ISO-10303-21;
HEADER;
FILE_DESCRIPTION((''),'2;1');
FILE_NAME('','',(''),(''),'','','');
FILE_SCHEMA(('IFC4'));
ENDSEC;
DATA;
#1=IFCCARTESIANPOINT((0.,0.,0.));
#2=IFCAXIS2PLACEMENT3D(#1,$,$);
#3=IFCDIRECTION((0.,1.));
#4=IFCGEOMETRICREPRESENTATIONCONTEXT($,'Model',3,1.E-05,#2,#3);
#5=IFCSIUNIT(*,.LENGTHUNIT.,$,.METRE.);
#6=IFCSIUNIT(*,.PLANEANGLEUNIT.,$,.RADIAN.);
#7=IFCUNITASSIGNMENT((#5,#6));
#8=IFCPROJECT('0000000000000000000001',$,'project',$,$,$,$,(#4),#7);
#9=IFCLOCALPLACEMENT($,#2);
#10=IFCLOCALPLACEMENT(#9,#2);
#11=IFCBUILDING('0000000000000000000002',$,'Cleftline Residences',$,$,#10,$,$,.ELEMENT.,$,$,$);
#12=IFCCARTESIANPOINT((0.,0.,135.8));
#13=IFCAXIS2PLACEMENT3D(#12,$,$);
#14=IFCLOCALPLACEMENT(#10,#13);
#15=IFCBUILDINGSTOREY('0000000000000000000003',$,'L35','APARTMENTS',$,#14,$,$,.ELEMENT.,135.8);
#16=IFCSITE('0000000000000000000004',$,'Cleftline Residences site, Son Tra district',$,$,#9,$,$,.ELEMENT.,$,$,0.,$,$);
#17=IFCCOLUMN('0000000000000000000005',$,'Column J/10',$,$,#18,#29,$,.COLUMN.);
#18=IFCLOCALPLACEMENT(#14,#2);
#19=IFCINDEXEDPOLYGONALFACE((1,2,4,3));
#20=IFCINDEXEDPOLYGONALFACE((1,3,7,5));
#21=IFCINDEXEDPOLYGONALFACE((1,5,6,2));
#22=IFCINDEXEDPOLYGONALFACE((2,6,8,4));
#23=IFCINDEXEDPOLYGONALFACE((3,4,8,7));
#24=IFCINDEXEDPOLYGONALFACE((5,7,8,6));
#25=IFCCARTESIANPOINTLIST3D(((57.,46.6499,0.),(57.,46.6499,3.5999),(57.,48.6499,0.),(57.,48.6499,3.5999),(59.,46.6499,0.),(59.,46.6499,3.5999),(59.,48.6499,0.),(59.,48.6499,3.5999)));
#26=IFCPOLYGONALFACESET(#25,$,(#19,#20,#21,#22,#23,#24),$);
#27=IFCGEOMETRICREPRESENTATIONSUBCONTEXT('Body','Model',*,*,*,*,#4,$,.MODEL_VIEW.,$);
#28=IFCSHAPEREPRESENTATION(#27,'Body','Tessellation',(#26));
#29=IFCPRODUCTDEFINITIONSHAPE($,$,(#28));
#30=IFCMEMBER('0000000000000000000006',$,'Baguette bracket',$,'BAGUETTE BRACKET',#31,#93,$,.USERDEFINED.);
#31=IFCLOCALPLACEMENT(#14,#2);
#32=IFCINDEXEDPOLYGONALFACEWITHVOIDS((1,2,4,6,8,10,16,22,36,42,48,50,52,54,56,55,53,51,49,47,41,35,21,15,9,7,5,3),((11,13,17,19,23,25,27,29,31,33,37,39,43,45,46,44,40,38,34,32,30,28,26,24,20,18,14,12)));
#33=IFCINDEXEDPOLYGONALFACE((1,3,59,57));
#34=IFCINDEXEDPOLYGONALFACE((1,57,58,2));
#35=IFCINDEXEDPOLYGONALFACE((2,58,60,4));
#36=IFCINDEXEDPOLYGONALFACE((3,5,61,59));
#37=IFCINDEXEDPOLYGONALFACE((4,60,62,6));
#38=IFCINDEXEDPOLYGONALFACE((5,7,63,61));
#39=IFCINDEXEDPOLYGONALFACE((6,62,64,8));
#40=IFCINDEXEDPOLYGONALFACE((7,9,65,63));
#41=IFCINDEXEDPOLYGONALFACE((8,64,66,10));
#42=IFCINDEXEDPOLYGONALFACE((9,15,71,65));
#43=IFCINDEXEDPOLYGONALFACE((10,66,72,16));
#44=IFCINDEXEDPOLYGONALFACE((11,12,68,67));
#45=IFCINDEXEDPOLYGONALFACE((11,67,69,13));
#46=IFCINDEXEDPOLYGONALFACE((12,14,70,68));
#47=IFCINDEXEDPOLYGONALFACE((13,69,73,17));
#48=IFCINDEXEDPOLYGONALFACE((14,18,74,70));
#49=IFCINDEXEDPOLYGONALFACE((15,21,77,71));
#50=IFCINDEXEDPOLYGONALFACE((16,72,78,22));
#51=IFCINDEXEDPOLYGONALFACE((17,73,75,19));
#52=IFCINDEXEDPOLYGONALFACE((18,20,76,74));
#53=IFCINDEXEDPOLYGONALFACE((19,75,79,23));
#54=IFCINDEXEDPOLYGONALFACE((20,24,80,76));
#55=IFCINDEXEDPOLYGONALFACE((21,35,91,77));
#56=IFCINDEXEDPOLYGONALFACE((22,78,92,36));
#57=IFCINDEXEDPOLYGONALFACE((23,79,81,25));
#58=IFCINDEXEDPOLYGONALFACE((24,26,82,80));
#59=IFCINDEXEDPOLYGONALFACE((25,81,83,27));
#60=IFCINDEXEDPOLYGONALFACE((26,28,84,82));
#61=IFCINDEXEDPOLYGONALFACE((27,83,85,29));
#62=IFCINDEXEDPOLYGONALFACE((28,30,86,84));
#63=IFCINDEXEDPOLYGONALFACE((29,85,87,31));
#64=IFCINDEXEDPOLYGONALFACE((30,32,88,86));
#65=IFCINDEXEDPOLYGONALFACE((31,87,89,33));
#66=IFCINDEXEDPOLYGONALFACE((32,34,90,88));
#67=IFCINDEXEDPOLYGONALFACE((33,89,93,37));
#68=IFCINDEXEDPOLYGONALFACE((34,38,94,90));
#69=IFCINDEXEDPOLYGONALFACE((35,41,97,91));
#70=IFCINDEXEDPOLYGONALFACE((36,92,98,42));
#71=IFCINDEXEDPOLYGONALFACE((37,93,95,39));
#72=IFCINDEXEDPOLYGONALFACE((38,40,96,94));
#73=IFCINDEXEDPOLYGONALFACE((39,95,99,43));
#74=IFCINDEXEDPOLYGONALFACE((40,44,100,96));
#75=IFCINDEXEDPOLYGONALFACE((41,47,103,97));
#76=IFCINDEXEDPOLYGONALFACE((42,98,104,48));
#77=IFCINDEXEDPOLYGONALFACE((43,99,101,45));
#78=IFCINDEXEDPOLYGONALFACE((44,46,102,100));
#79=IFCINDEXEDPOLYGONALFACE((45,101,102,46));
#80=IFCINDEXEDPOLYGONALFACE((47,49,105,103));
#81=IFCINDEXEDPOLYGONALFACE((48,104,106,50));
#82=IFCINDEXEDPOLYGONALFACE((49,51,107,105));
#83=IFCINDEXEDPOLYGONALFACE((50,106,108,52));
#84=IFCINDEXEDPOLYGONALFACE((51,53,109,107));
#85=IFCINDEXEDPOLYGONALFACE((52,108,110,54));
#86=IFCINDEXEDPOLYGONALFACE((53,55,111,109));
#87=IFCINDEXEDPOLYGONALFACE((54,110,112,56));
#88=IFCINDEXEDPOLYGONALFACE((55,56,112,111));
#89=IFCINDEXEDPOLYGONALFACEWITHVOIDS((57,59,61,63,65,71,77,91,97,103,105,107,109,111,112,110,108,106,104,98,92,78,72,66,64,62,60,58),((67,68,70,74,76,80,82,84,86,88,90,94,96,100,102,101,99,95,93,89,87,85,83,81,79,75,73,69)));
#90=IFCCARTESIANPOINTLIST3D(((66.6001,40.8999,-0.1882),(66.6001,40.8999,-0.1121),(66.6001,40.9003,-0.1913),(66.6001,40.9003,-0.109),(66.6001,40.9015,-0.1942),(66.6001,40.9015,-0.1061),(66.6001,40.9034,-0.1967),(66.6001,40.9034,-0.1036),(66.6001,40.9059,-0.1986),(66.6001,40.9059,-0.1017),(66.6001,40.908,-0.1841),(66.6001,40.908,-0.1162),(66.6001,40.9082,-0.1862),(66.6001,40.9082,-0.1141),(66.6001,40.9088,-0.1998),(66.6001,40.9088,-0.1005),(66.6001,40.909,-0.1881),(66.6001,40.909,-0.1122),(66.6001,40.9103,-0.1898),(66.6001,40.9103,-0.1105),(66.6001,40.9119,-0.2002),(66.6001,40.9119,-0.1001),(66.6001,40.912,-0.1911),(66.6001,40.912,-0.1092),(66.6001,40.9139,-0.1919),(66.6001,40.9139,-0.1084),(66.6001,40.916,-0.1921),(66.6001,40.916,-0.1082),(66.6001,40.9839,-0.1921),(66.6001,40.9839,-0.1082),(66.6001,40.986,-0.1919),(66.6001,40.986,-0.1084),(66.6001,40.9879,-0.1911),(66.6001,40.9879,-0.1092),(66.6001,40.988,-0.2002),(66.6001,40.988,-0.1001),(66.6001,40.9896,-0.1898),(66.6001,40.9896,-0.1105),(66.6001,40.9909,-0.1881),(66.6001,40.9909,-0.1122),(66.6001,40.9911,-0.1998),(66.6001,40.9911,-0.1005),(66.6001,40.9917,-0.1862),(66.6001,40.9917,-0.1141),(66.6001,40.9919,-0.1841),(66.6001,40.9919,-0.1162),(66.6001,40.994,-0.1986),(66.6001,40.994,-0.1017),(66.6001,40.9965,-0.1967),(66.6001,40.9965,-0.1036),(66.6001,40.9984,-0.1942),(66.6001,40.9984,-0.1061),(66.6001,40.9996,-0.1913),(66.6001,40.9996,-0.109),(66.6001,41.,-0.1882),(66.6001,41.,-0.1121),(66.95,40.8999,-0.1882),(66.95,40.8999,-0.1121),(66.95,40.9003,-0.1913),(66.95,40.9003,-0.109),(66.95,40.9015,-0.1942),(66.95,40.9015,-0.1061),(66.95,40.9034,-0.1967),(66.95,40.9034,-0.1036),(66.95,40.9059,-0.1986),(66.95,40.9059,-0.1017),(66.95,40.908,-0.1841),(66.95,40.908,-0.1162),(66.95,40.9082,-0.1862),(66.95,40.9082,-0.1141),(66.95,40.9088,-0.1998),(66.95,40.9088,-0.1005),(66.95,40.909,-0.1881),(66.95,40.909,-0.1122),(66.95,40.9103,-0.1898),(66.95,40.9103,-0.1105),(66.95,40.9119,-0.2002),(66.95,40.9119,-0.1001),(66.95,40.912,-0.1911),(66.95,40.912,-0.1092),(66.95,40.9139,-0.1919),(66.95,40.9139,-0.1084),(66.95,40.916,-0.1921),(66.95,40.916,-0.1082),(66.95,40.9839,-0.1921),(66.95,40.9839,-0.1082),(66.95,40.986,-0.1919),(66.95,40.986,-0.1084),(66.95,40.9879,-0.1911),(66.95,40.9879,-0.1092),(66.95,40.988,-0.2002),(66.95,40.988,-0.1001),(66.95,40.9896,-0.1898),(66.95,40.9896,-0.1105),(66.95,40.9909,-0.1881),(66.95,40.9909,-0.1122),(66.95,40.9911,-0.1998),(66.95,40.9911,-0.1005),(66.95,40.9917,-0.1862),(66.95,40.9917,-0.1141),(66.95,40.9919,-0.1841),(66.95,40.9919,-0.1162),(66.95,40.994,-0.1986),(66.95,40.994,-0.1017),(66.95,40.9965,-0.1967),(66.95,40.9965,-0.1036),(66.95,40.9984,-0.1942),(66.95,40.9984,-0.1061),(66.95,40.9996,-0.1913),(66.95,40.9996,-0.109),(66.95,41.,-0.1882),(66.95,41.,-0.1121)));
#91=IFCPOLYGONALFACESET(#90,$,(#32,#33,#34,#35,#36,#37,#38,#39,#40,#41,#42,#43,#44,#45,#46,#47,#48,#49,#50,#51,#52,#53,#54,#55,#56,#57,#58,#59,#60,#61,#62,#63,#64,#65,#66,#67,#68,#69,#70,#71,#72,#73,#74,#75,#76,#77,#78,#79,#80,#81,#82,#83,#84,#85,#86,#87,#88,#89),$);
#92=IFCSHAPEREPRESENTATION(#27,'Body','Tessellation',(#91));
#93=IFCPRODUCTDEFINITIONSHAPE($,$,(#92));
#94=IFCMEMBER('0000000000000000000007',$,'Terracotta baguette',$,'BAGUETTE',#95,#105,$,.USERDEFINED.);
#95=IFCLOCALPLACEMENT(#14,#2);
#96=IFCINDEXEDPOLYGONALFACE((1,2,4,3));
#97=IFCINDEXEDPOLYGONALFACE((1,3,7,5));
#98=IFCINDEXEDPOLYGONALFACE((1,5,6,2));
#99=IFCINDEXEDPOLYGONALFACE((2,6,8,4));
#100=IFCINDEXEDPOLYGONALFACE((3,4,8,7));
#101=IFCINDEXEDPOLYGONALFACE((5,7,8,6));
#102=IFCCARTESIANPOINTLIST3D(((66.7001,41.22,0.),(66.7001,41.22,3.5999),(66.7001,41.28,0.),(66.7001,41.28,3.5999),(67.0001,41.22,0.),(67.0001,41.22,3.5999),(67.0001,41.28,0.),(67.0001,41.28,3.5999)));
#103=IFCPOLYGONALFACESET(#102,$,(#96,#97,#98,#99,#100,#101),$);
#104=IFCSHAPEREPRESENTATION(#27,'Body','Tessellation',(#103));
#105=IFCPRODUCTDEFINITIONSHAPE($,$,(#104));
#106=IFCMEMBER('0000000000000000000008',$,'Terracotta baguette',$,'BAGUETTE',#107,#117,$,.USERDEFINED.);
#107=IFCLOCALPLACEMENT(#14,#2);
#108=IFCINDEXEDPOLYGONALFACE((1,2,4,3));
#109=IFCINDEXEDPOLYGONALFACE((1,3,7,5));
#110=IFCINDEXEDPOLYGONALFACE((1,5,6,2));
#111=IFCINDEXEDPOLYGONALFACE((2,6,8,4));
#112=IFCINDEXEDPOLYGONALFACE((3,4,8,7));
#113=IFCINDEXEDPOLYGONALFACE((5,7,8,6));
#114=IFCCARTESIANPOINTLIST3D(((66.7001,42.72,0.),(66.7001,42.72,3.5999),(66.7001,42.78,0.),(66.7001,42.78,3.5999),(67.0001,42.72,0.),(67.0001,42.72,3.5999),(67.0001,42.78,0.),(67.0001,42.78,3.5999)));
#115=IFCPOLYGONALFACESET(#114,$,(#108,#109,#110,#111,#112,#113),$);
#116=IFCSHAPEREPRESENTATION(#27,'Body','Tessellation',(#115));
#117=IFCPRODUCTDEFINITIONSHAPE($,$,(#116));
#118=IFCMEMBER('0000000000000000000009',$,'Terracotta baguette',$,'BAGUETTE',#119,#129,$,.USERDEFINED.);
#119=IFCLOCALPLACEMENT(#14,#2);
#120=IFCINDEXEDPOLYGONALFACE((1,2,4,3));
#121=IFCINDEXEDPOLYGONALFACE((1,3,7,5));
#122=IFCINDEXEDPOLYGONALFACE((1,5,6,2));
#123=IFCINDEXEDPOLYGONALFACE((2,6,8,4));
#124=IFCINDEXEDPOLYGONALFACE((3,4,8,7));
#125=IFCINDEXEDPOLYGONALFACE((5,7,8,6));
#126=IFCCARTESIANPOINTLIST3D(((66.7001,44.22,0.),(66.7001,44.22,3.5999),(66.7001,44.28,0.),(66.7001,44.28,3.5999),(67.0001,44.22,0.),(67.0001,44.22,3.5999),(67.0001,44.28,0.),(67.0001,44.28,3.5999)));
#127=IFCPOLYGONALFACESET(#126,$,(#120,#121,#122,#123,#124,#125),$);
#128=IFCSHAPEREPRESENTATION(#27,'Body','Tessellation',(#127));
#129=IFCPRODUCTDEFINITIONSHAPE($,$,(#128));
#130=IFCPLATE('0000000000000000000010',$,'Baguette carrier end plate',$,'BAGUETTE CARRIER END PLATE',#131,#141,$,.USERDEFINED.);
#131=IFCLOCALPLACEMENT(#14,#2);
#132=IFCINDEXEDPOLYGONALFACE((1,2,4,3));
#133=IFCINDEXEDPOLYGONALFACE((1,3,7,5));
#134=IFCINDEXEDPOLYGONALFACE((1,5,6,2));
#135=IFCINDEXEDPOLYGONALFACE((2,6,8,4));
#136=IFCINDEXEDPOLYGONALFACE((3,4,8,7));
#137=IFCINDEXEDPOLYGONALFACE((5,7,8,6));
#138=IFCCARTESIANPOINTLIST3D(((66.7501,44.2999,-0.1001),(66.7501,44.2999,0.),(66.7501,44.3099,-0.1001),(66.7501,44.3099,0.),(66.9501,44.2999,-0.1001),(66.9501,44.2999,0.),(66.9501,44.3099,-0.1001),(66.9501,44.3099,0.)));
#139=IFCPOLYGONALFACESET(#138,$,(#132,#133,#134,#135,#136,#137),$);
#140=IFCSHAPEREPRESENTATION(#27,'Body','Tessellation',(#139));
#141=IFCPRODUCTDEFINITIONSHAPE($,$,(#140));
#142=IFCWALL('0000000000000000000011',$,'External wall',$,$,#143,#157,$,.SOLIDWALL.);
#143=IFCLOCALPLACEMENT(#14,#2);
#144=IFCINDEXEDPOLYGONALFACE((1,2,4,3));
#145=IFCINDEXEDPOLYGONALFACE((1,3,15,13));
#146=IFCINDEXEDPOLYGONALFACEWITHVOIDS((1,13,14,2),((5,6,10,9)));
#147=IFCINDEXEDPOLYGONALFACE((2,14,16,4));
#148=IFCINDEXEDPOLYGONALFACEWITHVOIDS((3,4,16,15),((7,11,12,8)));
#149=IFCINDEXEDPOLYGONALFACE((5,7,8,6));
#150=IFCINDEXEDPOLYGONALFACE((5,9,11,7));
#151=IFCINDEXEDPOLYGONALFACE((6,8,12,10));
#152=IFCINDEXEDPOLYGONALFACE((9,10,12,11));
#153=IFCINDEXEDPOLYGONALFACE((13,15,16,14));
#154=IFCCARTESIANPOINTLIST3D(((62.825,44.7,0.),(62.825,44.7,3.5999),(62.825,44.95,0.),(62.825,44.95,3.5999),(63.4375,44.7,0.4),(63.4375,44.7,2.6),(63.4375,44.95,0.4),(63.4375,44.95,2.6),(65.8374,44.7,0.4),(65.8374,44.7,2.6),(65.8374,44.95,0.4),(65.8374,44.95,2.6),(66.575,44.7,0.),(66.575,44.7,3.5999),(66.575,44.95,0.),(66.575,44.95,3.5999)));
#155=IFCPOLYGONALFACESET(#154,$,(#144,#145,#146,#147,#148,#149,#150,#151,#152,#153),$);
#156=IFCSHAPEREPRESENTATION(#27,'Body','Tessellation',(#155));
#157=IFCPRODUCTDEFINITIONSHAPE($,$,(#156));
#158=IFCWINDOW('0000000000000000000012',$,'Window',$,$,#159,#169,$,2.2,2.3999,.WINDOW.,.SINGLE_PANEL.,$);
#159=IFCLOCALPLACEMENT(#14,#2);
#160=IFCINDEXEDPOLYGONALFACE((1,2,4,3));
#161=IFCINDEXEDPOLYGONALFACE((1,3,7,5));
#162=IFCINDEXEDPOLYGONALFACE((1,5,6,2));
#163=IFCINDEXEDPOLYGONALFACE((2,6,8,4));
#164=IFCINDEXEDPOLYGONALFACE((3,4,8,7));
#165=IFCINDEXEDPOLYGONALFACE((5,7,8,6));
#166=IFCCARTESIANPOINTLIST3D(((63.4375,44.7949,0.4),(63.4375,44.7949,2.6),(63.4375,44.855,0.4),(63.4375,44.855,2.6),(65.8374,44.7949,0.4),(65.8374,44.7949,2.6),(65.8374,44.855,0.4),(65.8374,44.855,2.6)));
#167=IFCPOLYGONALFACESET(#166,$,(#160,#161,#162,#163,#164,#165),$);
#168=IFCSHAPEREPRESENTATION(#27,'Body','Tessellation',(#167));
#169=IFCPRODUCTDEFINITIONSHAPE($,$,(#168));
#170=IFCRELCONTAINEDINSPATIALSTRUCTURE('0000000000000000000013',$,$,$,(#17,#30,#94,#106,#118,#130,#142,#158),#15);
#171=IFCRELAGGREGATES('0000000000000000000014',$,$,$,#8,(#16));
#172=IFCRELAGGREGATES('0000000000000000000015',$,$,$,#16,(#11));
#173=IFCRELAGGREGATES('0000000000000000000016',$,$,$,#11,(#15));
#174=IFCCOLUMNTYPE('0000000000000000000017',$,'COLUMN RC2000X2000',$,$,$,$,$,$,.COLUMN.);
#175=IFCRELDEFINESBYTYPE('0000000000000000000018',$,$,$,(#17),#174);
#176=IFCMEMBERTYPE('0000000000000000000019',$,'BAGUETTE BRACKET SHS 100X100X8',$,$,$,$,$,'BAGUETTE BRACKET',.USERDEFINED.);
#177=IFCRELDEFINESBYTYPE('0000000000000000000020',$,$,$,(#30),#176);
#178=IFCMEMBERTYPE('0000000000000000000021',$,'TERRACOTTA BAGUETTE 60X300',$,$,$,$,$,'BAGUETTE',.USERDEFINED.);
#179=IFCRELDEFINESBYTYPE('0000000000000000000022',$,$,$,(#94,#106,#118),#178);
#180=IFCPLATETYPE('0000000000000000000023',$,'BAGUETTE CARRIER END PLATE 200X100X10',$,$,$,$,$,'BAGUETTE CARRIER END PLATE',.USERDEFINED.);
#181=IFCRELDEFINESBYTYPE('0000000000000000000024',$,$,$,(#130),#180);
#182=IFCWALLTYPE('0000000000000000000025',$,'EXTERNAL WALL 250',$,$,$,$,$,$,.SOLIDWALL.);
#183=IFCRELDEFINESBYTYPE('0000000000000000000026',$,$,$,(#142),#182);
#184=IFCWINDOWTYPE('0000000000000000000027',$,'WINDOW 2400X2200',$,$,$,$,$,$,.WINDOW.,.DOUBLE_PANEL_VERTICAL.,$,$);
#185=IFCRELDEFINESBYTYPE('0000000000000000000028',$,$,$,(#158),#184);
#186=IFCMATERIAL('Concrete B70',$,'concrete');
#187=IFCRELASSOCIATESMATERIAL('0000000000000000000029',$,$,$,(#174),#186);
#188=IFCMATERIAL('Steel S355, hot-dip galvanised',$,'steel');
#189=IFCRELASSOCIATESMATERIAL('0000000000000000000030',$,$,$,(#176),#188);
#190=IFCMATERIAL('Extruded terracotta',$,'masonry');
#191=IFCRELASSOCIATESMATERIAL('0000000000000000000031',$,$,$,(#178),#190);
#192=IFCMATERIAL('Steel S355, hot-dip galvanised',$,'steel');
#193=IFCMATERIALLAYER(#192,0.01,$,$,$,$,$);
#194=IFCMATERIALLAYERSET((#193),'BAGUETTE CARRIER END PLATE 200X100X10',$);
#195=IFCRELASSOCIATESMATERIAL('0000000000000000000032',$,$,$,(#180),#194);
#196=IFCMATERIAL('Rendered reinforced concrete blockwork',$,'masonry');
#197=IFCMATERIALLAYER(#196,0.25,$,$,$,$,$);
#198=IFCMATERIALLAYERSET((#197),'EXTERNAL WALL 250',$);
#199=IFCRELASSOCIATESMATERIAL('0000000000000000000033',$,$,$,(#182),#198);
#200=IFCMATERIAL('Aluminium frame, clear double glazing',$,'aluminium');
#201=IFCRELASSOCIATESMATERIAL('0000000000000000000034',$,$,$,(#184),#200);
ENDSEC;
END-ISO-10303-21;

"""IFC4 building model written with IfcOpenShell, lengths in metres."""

from ifc_helpers import new_model, si_unit, direction, frame, frame_2d, origin, origin_2d, place, context, subcontext, project, spatial, rectangle, hollow_rectangle, extrude, material, layer, layer_set, material_profile, profile_set, type_object, element, fill, save


model = new_model("IFC4")

# Units and contexts
model_context = context("Model", 3, precision=1e-05, world=origin(), true_north=direction((0.0, 1.0)))
body_context = subcontext(model_context, "Body", "Model", "MODEL_VIEW")
ifc_project = project(units=[si_unit("LENGTHUNIT", "METRE"), si_unit("PLANEANGLEUNIT", "RADIAN")], contexts=[model_context])

# Site, building, storey
site_placement = place(None, origin())
site = spatial("IfcSite", under=ifc_project, at=site_placement, Name="Cleftline Residences site, Son Tra district", CompositionType="ELEMENT", RefElevation=0.0)
building_placement = place(site_placement, origin())
building = spatial("IfcBuilding", under=site, at=building_placement, Name="Cleftline Residences", CompositionType="ELEMENT")
storey_placement = place(building_placement, frame((0.0, 0.0, 135.8)))
storey = spatial("IfcBuildingStorey", under=building, at=storey_placement, Name="L35", Description="APARTMENTS", CompositionType="ELEMENT", Elevation=135.8)

# Column
ifc_material_1 = material(Name="Concrete B70", Category="concrete")
ifc_material_profile_1 = material_profile(ifc_material_1, rectangle(XDim=2.0, YDim=2.0, at=origin_2d()))
ifc_profile_set_1 = profile_set([ifc_material_profile_1], Name="Concrete B70")
column_type = type_object("IfcColumnType", Name="COLUMN RC2000X2000", PredefinedType="COLUMN", material=ifc_profile_set_1)
column_placement = place(storey_placement, frame((58.0, 47.6499, 0.0), z_axis=(0.0, 0.0, 1.0), x_axis=(1.0, 0.0, 0.0)))
element("IfcColumn", 1, at=column_placement, inside=storey, type_object=column_type, Name="Column J/10", PredefinedType="COLUMN", context=body_context, shape_type="SweptSolid", body=[
    extrude(rectangle(XDim=2.0, YDim=2.0, at=origin_2d()), origin(), (0.0, 0.0, 1.0), 3.5999),
])

# Members
ifc_material_2 = material(Name="Steel S355, hot-dip galvanised", Category="steel")
ifc_material_profile_2 = material_profile(ifc_material_2, hollow_rectangle(XDim=0.1001, YDim=0.1001, WallThickness=0.0081, InnerFilletRadius=0.0081, OuterFilletRadius=0.012, at=origin_2d()))
ifc_profile_set_2 = profile_set([ifc_material_profile_2], Name="Steel S355, hot-dip galvanised")
member_type_1 = type_object("IfcMemberType", Name="BAGUETTE BRACKET SHS 100X100X8", ElementType="BAGUETTE BRACKET", PredefinedType="USERDEFINED", material=ifc_profile_set_2)
member_placement = place(storey_placement, frame((66.6001, 40.95, -0.1501), z_axis=(1.0, 0.0, 0.0), x_axis=(0.0, 1.0, 0.0)))
element("IfcMember", 2, at=member_placement, inside=storey, type_object=member_type_1, Name="Baguette bracket", ObjectType="BAGUETTE BRACKET", PredefinedType="USERDEFINED", context=body_context, shape_type="SweptSolid", body=[
    extrude(hollow_rectangle(XDim=0.1001, YDim=0.1001, WallThickness=0.0081, InnerFilletRadius=0.0081, OuterFilletRadius=0.012, at=origin_2d()), origin(), (0.0, 0.0, 1.0), 0.3499),
])
ifc_material_3 = material(Name="Extruded terracotta", Category="masonry")
ifc_material_profile_3 = material_profile(ifc_material_3, rectangle(XDim=0.0601, YDim=0.3, at=origin_2d()))
ifc_profile_set_3 = profile_set([ifc_material_profile_3], Name="Extruded terracotta")
member_type_2 = type_object("IfcMemberType", Name="TERRACOTTA BAGUETTE 60X300", ElementType="BAGUETTE", PredefinedType="USERDEFINED", material=ifc_profile_set_3)
for number, where, z_axis, x_axis, name in (
    (3, (66.8501, 41.25, 0.0), (0.0, 0.0, 1.0), (0.0, 1.0, 0.0), "Terracotta baguette"),
    (4, (66.8501, 42.75, 0.0), (0.0, 0.0, 1.0), (0.0, 1.0, 0.0), "Terracotta baguette"),
    (5, (66.8501, 44.25, 0.0), (0.0, 0.0, 1.0), (0.0, 1.0, 0.0), "Terracotta baguette"),
):
    element("IfcMember", number, at=place(storey_placement, frame(where, z_axis=z_axis, x_axis=x_axis)), inside=storey, type_object=member_type_2, Name=name, ObjectType="BAGUETTE", PredefinedType="USERDEFINED", context=body_context, shape_type="SweptSolid", body=[
        extrude(rectangle(XDim=0.0601, YDim=0.3, at=origin_2d()), origin(), (0.0, 0.0, 1.0), 3.5999),
    ])

# Plate
ifc_material_4 = material(Name="Steel S355, hot-dip galvanised", Category="steel")
ifc_layer_1 = layer(ifc_material_4, 0.01)
ifc_layer_set_1 = layer_set([ifc_layer_1], Name="BAGUETTE CARRIER END PLATE 200X100X10")
plate_type = type_object("IfcPlateType", Name="BAGUETTE CARRIER END PLATE 200X100X10", ElementType="BAGUETTE CARRIER END PLATE", PredefinedType="USERDEFINED", material=ifc_layer_set_1)
plate_placement = place(storey_placement, frame((66.8501, 44.3049, -0.1001), z_axis=(0.0, 0.0, 1.0), x_axis=(1.0, 0.0, 0.0)))
element("IfcPlate", 6, at=plate_placement, inside=storey, type_object=plate_type, Name="Baguette carrier end plate", ObjectType="BAGUETTE CARRIER END PLATE", PredefinedType="USERDEFINED", context=body_context, shape_type="SweptSolid", body=[
    extrude(rectangle(XDim=0.2, YDim=0.01, at=origin_2d()), origin(), (0.0, 0.0, 1.0), 0.1001),
])

# Wall, opening, window
ifc_material_5 = material(Name="Rendered reinforced concrete blockwork", Category="masonry")
ifc_layer_2 = layer(ifc_material_5, 0.25)
ifc_layer_set_2 = layer_set([ifc_layer_2], Name="EXTERNAL WALL 250")
wall_type_1 = type_object("IfcWallType", Name="EXTERNAL WALL 250", PredefinedType="SOLIDWALL", material=ifc_layer_set_2)
wall_1_placement = place(storey_placement, frame((66.575, 44.825, 0.0), z_axis=(0.0, 0.0, 1.0), x_axis=(-1.0, 0.0, 0.0)))
wall_1 = element("IfcWall", 7, at=wall_1_placement, inside=storey, type_object=wall_type_1, Name="External wall", PredefinedType="SOLIDWALL", context=body_context, shape_type="SweptSolid", body=[
    extrude(rectangle(XDim=3.75, YDim=0.25, at=frame_2d((1.875, 0.0))), origin(), (0.0, 0.0, 1.0), 3.5999),
])
opening_1_placement = place(wall_1_placement, frame((0.7375, 0.0, 0.3999)))
opening_1 = element("IfcOpeningElement", 8, at=opening_1_placement, cuts=wall_1, PredefinedType="OPENING", context=body_context, shape_type="SweptSolid", body=[
    extrude(rectangle(XDim=2.3999, YDim=2.2, at=frame_2d((1.2, 1.1001))), frame((0.0, 0.135, 0.0), z_axis=(0.0, -1.0, 0.0), x_axis=(1.0, 0.0, 0.0)), (0.0, 0.0, 1.0), 0.27),
])
ifc_material_6 = material(Name="Aluminium frame, clear double glazing", Category="aluminium")
window_type_1 = type_object("IfcWindowType", Name="WINDOW 2400X2200", PartitioningType="DOUBLE_PANEL_VERTICAL", PredefinedType="WINDOW", material=ifc_material_6)
window_1_placement = place(opening_1_placement, origin())
window_1 = element("IfcWindow", 9, at=window_1_placement, inside=storey, type_object=window_type_1, Name="Window", OverallHeight=2.2, OverallWidth=2.3999, PartitioningType="SINGLE_PANEL", PredefinedType="WINDOW", context=body_context, shape_type="SweptSolid", body=[
    extrude(rectangle(XDim=2.3999, YDim=2.2, at=frame_2d((1.2, 1.1001))), frame((0.0, 0.03, 0.0), z_axis=(0.0, -1.0, 0.0), x_axis=(1.0, 0.0, 0.0)), (0.0, 0.0, 1.0), 0.0601),
])
fill(opening_1, window_1)

save(model, "model.ifc")
